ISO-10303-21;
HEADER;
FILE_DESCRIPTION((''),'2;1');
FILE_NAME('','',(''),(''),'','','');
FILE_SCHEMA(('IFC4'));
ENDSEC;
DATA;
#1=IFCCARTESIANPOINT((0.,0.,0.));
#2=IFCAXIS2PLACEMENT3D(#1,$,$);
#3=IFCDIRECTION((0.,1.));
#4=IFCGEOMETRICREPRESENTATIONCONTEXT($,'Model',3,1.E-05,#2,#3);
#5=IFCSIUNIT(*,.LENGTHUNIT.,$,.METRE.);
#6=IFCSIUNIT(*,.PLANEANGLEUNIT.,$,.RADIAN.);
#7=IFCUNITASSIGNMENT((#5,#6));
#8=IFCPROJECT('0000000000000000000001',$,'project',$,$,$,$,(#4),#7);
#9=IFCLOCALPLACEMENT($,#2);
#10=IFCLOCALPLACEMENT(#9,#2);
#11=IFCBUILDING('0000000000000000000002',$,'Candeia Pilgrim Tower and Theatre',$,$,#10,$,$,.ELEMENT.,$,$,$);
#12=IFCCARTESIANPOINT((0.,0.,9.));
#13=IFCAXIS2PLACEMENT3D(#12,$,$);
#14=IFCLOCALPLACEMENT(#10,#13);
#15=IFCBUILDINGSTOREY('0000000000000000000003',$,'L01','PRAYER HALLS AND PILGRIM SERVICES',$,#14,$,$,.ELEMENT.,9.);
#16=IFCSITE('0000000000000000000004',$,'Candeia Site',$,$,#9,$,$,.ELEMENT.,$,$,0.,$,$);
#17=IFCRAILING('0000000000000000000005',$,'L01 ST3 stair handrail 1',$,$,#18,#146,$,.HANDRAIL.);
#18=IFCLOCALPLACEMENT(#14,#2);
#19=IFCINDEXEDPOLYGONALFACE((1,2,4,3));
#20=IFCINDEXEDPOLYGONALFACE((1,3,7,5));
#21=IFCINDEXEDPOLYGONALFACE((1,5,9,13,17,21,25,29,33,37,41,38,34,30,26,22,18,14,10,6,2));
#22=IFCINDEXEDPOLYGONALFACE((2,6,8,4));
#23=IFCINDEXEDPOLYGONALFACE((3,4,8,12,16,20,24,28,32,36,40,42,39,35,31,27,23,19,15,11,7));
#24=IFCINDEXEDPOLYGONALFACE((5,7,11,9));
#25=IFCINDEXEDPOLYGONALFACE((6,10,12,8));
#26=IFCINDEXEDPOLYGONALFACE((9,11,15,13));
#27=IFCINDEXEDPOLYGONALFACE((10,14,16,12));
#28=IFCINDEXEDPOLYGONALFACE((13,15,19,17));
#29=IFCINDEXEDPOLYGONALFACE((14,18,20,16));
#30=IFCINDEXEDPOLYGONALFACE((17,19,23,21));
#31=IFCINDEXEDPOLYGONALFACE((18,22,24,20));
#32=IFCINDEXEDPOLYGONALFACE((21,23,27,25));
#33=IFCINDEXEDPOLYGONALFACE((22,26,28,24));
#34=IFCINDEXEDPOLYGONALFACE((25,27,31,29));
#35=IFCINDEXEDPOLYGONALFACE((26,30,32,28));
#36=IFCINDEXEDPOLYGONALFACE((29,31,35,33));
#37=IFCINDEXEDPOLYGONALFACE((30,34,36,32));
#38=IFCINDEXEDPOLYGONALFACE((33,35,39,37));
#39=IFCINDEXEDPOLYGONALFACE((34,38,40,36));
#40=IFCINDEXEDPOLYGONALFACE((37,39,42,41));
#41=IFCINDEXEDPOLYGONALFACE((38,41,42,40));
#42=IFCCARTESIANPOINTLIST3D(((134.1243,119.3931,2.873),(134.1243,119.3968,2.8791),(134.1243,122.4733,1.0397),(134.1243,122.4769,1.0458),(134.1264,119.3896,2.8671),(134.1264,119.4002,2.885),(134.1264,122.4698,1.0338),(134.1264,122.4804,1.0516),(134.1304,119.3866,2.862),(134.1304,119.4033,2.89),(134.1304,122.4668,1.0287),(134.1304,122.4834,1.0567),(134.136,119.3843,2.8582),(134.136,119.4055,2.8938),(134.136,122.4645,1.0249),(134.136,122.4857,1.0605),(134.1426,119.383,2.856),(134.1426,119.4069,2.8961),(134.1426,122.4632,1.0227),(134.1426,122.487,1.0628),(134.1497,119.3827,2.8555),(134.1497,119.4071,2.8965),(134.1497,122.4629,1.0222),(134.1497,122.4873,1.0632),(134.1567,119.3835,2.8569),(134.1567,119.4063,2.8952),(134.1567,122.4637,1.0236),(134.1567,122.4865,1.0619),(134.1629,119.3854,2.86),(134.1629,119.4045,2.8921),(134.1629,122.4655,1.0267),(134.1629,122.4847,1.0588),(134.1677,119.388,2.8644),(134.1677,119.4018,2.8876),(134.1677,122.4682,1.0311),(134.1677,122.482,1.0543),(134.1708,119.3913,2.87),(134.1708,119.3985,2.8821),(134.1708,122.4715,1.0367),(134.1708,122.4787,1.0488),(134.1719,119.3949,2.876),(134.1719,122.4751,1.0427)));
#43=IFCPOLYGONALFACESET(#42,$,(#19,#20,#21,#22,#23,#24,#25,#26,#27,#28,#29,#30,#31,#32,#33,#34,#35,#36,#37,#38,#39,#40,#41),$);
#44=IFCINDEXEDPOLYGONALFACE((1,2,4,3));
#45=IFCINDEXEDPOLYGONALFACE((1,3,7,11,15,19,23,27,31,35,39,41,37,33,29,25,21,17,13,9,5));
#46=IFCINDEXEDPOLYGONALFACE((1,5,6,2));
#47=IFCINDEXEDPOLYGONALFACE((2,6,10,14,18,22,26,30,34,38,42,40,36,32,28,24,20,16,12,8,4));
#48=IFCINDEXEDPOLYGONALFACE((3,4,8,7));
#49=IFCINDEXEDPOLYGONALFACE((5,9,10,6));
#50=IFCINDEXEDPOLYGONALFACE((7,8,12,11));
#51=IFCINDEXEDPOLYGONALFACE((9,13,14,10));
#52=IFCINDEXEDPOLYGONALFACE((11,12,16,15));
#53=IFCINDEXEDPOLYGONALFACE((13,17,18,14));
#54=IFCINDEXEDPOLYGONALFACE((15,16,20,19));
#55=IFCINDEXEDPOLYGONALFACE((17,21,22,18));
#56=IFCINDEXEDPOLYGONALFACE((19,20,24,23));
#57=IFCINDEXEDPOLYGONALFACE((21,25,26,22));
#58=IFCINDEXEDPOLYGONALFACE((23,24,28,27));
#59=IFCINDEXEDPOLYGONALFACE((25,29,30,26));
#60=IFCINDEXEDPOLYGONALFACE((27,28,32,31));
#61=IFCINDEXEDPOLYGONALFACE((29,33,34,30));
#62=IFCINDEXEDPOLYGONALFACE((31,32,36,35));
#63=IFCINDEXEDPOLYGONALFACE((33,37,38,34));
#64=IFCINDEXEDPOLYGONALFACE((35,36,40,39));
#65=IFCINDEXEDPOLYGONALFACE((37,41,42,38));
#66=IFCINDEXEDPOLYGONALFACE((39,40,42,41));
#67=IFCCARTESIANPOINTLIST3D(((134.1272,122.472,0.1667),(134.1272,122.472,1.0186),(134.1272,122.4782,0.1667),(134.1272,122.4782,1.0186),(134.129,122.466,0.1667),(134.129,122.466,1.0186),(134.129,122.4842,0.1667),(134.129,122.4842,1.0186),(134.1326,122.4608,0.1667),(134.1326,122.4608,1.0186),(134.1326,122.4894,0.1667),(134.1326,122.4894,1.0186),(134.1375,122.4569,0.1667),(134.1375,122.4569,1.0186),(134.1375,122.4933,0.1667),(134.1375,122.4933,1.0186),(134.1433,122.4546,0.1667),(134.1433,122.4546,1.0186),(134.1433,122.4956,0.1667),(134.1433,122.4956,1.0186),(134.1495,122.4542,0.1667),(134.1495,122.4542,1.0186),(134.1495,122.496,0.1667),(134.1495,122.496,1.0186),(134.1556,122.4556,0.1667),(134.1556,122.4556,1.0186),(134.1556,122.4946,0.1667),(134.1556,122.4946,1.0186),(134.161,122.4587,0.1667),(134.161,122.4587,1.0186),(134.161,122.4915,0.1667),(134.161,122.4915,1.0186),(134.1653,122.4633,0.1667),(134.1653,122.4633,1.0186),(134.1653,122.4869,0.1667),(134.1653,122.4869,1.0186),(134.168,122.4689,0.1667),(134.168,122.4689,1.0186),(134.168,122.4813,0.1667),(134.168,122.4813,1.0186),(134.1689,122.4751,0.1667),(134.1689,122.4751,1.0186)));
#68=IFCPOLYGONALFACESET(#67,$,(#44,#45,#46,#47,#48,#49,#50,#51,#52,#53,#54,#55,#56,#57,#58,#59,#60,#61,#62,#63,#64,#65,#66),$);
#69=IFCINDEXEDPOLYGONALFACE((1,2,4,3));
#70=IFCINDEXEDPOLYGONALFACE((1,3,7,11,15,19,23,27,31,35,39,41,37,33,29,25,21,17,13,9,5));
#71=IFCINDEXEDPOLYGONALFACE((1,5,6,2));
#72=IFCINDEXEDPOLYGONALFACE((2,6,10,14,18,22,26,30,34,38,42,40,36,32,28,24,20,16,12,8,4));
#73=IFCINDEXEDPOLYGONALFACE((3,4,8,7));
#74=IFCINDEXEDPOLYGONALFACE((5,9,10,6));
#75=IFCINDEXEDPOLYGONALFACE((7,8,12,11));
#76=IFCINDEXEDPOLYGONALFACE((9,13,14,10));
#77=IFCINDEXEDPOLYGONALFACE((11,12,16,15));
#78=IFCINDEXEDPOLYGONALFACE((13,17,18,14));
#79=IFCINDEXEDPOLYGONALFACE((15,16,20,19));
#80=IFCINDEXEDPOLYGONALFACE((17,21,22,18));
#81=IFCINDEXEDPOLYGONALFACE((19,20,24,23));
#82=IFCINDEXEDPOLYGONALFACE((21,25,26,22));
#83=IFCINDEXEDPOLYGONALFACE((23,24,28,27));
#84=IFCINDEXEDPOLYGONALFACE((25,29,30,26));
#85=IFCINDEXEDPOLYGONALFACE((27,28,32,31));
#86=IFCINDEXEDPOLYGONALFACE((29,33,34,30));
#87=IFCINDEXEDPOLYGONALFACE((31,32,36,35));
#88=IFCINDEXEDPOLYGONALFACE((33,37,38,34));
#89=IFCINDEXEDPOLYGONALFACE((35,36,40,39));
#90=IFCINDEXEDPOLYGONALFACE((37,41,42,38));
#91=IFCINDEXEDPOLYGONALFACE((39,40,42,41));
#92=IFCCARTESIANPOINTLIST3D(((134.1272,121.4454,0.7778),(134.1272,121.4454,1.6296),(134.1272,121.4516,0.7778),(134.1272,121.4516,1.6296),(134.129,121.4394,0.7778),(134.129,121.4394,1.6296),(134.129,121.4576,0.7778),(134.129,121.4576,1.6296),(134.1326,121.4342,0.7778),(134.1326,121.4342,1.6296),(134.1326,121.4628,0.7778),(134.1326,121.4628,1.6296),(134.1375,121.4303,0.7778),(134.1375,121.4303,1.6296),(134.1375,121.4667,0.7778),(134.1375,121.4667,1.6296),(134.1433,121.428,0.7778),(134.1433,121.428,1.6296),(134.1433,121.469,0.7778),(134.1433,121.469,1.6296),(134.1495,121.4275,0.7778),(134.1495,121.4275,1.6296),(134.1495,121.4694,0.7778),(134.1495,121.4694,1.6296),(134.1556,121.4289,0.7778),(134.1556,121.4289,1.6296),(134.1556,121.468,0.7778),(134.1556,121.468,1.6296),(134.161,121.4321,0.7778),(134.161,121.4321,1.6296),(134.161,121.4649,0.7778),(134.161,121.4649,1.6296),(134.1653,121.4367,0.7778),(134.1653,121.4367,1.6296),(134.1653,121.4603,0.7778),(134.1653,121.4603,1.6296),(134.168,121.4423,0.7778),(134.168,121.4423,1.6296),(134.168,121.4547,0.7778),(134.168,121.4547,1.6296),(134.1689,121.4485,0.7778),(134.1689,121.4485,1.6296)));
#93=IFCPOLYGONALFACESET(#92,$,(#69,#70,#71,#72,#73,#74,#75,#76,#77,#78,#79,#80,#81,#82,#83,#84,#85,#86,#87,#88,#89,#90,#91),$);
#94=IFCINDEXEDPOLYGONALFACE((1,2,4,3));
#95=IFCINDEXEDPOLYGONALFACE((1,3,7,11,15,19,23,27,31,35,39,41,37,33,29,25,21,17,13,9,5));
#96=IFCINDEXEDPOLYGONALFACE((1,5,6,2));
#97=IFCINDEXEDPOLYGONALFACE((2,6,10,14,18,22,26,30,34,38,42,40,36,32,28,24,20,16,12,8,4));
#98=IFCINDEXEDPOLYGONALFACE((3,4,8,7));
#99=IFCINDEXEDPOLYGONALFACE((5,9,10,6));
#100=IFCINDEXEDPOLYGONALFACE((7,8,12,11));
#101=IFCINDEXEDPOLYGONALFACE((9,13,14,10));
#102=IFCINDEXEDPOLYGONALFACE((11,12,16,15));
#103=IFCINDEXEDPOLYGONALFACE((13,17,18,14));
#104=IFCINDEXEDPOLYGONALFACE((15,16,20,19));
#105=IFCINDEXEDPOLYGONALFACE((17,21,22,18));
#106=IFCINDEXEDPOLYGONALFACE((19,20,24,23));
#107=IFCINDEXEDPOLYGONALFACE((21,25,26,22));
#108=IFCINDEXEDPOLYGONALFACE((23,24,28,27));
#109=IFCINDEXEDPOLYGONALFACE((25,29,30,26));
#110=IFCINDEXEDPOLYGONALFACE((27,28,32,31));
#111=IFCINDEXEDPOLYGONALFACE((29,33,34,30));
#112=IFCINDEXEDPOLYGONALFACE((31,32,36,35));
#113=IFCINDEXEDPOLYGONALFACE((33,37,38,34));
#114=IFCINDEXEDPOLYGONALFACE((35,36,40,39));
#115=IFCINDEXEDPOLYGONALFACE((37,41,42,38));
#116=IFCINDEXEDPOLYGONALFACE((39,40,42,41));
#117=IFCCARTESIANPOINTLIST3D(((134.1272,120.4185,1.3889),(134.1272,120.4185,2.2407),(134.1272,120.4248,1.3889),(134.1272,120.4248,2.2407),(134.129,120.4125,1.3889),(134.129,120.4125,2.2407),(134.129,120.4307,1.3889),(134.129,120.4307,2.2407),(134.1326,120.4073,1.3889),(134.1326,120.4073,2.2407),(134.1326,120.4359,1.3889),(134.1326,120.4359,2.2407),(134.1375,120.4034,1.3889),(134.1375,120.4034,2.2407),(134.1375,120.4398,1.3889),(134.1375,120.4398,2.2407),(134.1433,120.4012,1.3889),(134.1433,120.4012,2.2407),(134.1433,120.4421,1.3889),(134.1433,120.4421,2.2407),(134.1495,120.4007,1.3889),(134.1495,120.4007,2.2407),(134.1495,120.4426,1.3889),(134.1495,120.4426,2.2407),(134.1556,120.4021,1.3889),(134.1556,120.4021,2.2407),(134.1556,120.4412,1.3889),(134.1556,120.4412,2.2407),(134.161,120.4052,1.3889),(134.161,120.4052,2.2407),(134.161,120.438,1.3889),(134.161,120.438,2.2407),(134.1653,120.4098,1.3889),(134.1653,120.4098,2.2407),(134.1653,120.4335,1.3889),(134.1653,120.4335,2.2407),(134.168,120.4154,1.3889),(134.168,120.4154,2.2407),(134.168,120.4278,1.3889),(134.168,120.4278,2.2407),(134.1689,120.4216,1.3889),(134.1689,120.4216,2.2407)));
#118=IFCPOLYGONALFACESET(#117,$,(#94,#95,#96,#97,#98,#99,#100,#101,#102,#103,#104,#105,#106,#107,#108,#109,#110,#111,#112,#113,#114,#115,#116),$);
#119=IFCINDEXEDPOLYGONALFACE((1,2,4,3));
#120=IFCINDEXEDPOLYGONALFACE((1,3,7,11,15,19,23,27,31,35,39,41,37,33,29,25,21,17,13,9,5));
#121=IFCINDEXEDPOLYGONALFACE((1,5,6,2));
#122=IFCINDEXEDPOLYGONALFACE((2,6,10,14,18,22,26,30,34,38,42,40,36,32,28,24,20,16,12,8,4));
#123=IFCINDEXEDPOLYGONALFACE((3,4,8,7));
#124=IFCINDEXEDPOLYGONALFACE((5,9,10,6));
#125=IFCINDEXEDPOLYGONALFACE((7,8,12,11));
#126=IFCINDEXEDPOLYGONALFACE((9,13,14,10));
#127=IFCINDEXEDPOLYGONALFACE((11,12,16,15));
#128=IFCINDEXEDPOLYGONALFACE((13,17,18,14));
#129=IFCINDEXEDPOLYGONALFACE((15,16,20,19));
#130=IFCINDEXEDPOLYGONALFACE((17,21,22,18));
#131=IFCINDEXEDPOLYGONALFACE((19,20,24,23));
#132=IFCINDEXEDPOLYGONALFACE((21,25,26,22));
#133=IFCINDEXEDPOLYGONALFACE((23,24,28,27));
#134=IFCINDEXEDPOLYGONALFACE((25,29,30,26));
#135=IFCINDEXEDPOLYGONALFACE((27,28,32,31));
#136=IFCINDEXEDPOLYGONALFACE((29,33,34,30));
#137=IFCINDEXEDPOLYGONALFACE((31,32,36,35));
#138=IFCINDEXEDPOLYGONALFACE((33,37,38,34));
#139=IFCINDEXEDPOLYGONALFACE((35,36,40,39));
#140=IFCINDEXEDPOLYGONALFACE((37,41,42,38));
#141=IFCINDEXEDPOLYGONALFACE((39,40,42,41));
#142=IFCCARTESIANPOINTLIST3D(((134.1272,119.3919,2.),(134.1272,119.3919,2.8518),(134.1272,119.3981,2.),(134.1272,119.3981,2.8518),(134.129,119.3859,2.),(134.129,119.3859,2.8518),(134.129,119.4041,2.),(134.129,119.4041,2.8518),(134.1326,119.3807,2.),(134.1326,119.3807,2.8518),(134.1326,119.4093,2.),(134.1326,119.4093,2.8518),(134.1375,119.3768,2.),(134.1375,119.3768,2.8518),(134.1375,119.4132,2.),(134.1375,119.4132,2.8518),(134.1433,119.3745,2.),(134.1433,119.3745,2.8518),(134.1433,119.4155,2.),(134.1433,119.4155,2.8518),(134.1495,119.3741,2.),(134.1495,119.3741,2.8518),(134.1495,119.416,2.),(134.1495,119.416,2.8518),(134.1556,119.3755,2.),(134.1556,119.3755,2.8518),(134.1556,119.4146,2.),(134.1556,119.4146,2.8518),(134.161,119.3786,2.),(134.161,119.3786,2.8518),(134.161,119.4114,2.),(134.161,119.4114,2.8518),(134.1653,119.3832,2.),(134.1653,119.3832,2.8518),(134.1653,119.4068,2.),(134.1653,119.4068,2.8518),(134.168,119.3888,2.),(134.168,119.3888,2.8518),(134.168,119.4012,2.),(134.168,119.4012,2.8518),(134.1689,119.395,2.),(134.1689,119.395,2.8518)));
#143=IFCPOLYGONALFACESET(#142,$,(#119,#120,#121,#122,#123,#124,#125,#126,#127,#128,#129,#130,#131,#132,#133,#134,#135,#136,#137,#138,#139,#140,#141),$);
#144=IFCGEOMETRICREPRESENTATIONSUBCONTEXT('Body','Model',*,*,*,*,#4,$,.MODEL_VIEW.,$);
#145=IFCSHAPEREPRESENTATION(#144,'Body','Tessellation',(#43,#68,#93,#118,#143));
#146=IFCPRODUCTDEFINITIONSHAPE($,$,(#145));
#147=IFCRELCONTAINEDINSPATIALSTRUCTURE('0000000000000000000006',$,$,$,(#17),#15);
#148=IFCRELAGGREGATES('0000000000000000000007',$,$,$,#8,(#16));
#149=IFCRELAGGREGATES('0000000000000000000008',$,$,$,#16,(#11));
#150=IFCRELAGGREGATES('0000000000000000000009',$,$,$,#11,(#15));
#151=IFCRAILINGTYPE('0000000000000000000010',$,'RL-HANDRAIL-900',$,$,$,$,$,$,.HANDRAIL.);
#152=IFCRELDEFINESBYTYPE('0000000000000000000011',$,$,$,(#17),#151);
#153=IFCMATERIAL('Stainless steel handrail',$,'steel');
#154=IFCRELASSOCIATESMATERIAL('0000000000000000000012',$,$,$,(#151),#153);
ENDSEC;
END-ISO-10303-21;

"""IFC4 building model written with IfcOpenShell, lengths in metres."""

from ifc_helpers import new_model, si_unit, direction, frame, origin, origin_2d, place, context, subcontext, project, spatial, circle, extrude, material, type_object, element, save


model = new_model("IFC4")

# Units and contexts
model_context = context("Model", 3, precision=1e-05, world=origin(), true_north=direction((0.0, 1.0)))
body_context = subcontext(model_context, "Body", "Model", "MODEL_VIEW")
ifc_project = project(units=[si_unit("LENGTHUNIT", "METRE"), si_unit("PLANEANGLEUNIT", "RADIAN")], contexts=[model_context])

# Site, building, storey
site_placement = place(None, origin())
site = spatial("IfcSite", under=ifc_project, at=site_placement, Name="Candeia Site", CompositionType="ELEMENT", RefElevation=0.0)
building_placement = place(site_placement, origin())
building = spatial("IfcBuilding", under=site, at=building_placement, Name="Candeia Pilgrim Tower and Theatre", CompositionType="ELEMENT")
storey_placement = place(building_placement, frame((0.0, 0.0, 9.0)))
storey = spatial("IfcBuildingStorey", under=building, at=storey_placement, Name="L01", Description="PRAYER HALLS AND PILGRIM SERVICES", CompositionType="ELEMENT", Elevation=9.0)

# Railing
ifc_material_1 = material(Name="Stainless steel handrail", Category="steel")
railing_type_1 = type_object("IfcRailingType", Name="RL-HANDRAIL-900", PredefinedType="HANDRAIL", material=ifc_material_1)
railing_1_placement = place(storey_placement, frame((134.1479, 122.4751, 0.1667)))
element("IfcRailing", 1, at=railing_1_placement, inside=storey, type_object=railing_type_1, Name="L01 ST3 stair handrail 1", PredefinedType="HANDRAIL", context=body_context, shape_type="SweptSolid", body=[
    extrude(circle(Radius=0.0239, at=origin_2d()), frame((0.0, 0.0, 0.876), z_axis=(0.0, -0.859309, 0.511458), x_axis=(1.0, 0.0, 0.0)), (0.0, 0.0, 1.0), 3.5845),
    extrude(circle(Radius=0.021, at=origin_2d()), origin(), (0.0, 0.0, 1.0), 0.8518),
    extrude(circle(Radius=0.021, at=origin_2d()), frame((0.0, -1.0266, 0.6111)), (0.0, 0.0, 1.0), 0.8518),
    extrude(circle(Radius=0.021, at=origin_2d()), frame((0.0, -2.0535, 1.2222)), (0.0, 0.0, 1.0), 0.8518),
    extrude(circle(Radius=0.021, at=origin_2d()), frame((0.0, -3.0801, 1.8333)), (0.0, 0.0, 1.0), 0.8518),
])

save(model, "model.ifc")
